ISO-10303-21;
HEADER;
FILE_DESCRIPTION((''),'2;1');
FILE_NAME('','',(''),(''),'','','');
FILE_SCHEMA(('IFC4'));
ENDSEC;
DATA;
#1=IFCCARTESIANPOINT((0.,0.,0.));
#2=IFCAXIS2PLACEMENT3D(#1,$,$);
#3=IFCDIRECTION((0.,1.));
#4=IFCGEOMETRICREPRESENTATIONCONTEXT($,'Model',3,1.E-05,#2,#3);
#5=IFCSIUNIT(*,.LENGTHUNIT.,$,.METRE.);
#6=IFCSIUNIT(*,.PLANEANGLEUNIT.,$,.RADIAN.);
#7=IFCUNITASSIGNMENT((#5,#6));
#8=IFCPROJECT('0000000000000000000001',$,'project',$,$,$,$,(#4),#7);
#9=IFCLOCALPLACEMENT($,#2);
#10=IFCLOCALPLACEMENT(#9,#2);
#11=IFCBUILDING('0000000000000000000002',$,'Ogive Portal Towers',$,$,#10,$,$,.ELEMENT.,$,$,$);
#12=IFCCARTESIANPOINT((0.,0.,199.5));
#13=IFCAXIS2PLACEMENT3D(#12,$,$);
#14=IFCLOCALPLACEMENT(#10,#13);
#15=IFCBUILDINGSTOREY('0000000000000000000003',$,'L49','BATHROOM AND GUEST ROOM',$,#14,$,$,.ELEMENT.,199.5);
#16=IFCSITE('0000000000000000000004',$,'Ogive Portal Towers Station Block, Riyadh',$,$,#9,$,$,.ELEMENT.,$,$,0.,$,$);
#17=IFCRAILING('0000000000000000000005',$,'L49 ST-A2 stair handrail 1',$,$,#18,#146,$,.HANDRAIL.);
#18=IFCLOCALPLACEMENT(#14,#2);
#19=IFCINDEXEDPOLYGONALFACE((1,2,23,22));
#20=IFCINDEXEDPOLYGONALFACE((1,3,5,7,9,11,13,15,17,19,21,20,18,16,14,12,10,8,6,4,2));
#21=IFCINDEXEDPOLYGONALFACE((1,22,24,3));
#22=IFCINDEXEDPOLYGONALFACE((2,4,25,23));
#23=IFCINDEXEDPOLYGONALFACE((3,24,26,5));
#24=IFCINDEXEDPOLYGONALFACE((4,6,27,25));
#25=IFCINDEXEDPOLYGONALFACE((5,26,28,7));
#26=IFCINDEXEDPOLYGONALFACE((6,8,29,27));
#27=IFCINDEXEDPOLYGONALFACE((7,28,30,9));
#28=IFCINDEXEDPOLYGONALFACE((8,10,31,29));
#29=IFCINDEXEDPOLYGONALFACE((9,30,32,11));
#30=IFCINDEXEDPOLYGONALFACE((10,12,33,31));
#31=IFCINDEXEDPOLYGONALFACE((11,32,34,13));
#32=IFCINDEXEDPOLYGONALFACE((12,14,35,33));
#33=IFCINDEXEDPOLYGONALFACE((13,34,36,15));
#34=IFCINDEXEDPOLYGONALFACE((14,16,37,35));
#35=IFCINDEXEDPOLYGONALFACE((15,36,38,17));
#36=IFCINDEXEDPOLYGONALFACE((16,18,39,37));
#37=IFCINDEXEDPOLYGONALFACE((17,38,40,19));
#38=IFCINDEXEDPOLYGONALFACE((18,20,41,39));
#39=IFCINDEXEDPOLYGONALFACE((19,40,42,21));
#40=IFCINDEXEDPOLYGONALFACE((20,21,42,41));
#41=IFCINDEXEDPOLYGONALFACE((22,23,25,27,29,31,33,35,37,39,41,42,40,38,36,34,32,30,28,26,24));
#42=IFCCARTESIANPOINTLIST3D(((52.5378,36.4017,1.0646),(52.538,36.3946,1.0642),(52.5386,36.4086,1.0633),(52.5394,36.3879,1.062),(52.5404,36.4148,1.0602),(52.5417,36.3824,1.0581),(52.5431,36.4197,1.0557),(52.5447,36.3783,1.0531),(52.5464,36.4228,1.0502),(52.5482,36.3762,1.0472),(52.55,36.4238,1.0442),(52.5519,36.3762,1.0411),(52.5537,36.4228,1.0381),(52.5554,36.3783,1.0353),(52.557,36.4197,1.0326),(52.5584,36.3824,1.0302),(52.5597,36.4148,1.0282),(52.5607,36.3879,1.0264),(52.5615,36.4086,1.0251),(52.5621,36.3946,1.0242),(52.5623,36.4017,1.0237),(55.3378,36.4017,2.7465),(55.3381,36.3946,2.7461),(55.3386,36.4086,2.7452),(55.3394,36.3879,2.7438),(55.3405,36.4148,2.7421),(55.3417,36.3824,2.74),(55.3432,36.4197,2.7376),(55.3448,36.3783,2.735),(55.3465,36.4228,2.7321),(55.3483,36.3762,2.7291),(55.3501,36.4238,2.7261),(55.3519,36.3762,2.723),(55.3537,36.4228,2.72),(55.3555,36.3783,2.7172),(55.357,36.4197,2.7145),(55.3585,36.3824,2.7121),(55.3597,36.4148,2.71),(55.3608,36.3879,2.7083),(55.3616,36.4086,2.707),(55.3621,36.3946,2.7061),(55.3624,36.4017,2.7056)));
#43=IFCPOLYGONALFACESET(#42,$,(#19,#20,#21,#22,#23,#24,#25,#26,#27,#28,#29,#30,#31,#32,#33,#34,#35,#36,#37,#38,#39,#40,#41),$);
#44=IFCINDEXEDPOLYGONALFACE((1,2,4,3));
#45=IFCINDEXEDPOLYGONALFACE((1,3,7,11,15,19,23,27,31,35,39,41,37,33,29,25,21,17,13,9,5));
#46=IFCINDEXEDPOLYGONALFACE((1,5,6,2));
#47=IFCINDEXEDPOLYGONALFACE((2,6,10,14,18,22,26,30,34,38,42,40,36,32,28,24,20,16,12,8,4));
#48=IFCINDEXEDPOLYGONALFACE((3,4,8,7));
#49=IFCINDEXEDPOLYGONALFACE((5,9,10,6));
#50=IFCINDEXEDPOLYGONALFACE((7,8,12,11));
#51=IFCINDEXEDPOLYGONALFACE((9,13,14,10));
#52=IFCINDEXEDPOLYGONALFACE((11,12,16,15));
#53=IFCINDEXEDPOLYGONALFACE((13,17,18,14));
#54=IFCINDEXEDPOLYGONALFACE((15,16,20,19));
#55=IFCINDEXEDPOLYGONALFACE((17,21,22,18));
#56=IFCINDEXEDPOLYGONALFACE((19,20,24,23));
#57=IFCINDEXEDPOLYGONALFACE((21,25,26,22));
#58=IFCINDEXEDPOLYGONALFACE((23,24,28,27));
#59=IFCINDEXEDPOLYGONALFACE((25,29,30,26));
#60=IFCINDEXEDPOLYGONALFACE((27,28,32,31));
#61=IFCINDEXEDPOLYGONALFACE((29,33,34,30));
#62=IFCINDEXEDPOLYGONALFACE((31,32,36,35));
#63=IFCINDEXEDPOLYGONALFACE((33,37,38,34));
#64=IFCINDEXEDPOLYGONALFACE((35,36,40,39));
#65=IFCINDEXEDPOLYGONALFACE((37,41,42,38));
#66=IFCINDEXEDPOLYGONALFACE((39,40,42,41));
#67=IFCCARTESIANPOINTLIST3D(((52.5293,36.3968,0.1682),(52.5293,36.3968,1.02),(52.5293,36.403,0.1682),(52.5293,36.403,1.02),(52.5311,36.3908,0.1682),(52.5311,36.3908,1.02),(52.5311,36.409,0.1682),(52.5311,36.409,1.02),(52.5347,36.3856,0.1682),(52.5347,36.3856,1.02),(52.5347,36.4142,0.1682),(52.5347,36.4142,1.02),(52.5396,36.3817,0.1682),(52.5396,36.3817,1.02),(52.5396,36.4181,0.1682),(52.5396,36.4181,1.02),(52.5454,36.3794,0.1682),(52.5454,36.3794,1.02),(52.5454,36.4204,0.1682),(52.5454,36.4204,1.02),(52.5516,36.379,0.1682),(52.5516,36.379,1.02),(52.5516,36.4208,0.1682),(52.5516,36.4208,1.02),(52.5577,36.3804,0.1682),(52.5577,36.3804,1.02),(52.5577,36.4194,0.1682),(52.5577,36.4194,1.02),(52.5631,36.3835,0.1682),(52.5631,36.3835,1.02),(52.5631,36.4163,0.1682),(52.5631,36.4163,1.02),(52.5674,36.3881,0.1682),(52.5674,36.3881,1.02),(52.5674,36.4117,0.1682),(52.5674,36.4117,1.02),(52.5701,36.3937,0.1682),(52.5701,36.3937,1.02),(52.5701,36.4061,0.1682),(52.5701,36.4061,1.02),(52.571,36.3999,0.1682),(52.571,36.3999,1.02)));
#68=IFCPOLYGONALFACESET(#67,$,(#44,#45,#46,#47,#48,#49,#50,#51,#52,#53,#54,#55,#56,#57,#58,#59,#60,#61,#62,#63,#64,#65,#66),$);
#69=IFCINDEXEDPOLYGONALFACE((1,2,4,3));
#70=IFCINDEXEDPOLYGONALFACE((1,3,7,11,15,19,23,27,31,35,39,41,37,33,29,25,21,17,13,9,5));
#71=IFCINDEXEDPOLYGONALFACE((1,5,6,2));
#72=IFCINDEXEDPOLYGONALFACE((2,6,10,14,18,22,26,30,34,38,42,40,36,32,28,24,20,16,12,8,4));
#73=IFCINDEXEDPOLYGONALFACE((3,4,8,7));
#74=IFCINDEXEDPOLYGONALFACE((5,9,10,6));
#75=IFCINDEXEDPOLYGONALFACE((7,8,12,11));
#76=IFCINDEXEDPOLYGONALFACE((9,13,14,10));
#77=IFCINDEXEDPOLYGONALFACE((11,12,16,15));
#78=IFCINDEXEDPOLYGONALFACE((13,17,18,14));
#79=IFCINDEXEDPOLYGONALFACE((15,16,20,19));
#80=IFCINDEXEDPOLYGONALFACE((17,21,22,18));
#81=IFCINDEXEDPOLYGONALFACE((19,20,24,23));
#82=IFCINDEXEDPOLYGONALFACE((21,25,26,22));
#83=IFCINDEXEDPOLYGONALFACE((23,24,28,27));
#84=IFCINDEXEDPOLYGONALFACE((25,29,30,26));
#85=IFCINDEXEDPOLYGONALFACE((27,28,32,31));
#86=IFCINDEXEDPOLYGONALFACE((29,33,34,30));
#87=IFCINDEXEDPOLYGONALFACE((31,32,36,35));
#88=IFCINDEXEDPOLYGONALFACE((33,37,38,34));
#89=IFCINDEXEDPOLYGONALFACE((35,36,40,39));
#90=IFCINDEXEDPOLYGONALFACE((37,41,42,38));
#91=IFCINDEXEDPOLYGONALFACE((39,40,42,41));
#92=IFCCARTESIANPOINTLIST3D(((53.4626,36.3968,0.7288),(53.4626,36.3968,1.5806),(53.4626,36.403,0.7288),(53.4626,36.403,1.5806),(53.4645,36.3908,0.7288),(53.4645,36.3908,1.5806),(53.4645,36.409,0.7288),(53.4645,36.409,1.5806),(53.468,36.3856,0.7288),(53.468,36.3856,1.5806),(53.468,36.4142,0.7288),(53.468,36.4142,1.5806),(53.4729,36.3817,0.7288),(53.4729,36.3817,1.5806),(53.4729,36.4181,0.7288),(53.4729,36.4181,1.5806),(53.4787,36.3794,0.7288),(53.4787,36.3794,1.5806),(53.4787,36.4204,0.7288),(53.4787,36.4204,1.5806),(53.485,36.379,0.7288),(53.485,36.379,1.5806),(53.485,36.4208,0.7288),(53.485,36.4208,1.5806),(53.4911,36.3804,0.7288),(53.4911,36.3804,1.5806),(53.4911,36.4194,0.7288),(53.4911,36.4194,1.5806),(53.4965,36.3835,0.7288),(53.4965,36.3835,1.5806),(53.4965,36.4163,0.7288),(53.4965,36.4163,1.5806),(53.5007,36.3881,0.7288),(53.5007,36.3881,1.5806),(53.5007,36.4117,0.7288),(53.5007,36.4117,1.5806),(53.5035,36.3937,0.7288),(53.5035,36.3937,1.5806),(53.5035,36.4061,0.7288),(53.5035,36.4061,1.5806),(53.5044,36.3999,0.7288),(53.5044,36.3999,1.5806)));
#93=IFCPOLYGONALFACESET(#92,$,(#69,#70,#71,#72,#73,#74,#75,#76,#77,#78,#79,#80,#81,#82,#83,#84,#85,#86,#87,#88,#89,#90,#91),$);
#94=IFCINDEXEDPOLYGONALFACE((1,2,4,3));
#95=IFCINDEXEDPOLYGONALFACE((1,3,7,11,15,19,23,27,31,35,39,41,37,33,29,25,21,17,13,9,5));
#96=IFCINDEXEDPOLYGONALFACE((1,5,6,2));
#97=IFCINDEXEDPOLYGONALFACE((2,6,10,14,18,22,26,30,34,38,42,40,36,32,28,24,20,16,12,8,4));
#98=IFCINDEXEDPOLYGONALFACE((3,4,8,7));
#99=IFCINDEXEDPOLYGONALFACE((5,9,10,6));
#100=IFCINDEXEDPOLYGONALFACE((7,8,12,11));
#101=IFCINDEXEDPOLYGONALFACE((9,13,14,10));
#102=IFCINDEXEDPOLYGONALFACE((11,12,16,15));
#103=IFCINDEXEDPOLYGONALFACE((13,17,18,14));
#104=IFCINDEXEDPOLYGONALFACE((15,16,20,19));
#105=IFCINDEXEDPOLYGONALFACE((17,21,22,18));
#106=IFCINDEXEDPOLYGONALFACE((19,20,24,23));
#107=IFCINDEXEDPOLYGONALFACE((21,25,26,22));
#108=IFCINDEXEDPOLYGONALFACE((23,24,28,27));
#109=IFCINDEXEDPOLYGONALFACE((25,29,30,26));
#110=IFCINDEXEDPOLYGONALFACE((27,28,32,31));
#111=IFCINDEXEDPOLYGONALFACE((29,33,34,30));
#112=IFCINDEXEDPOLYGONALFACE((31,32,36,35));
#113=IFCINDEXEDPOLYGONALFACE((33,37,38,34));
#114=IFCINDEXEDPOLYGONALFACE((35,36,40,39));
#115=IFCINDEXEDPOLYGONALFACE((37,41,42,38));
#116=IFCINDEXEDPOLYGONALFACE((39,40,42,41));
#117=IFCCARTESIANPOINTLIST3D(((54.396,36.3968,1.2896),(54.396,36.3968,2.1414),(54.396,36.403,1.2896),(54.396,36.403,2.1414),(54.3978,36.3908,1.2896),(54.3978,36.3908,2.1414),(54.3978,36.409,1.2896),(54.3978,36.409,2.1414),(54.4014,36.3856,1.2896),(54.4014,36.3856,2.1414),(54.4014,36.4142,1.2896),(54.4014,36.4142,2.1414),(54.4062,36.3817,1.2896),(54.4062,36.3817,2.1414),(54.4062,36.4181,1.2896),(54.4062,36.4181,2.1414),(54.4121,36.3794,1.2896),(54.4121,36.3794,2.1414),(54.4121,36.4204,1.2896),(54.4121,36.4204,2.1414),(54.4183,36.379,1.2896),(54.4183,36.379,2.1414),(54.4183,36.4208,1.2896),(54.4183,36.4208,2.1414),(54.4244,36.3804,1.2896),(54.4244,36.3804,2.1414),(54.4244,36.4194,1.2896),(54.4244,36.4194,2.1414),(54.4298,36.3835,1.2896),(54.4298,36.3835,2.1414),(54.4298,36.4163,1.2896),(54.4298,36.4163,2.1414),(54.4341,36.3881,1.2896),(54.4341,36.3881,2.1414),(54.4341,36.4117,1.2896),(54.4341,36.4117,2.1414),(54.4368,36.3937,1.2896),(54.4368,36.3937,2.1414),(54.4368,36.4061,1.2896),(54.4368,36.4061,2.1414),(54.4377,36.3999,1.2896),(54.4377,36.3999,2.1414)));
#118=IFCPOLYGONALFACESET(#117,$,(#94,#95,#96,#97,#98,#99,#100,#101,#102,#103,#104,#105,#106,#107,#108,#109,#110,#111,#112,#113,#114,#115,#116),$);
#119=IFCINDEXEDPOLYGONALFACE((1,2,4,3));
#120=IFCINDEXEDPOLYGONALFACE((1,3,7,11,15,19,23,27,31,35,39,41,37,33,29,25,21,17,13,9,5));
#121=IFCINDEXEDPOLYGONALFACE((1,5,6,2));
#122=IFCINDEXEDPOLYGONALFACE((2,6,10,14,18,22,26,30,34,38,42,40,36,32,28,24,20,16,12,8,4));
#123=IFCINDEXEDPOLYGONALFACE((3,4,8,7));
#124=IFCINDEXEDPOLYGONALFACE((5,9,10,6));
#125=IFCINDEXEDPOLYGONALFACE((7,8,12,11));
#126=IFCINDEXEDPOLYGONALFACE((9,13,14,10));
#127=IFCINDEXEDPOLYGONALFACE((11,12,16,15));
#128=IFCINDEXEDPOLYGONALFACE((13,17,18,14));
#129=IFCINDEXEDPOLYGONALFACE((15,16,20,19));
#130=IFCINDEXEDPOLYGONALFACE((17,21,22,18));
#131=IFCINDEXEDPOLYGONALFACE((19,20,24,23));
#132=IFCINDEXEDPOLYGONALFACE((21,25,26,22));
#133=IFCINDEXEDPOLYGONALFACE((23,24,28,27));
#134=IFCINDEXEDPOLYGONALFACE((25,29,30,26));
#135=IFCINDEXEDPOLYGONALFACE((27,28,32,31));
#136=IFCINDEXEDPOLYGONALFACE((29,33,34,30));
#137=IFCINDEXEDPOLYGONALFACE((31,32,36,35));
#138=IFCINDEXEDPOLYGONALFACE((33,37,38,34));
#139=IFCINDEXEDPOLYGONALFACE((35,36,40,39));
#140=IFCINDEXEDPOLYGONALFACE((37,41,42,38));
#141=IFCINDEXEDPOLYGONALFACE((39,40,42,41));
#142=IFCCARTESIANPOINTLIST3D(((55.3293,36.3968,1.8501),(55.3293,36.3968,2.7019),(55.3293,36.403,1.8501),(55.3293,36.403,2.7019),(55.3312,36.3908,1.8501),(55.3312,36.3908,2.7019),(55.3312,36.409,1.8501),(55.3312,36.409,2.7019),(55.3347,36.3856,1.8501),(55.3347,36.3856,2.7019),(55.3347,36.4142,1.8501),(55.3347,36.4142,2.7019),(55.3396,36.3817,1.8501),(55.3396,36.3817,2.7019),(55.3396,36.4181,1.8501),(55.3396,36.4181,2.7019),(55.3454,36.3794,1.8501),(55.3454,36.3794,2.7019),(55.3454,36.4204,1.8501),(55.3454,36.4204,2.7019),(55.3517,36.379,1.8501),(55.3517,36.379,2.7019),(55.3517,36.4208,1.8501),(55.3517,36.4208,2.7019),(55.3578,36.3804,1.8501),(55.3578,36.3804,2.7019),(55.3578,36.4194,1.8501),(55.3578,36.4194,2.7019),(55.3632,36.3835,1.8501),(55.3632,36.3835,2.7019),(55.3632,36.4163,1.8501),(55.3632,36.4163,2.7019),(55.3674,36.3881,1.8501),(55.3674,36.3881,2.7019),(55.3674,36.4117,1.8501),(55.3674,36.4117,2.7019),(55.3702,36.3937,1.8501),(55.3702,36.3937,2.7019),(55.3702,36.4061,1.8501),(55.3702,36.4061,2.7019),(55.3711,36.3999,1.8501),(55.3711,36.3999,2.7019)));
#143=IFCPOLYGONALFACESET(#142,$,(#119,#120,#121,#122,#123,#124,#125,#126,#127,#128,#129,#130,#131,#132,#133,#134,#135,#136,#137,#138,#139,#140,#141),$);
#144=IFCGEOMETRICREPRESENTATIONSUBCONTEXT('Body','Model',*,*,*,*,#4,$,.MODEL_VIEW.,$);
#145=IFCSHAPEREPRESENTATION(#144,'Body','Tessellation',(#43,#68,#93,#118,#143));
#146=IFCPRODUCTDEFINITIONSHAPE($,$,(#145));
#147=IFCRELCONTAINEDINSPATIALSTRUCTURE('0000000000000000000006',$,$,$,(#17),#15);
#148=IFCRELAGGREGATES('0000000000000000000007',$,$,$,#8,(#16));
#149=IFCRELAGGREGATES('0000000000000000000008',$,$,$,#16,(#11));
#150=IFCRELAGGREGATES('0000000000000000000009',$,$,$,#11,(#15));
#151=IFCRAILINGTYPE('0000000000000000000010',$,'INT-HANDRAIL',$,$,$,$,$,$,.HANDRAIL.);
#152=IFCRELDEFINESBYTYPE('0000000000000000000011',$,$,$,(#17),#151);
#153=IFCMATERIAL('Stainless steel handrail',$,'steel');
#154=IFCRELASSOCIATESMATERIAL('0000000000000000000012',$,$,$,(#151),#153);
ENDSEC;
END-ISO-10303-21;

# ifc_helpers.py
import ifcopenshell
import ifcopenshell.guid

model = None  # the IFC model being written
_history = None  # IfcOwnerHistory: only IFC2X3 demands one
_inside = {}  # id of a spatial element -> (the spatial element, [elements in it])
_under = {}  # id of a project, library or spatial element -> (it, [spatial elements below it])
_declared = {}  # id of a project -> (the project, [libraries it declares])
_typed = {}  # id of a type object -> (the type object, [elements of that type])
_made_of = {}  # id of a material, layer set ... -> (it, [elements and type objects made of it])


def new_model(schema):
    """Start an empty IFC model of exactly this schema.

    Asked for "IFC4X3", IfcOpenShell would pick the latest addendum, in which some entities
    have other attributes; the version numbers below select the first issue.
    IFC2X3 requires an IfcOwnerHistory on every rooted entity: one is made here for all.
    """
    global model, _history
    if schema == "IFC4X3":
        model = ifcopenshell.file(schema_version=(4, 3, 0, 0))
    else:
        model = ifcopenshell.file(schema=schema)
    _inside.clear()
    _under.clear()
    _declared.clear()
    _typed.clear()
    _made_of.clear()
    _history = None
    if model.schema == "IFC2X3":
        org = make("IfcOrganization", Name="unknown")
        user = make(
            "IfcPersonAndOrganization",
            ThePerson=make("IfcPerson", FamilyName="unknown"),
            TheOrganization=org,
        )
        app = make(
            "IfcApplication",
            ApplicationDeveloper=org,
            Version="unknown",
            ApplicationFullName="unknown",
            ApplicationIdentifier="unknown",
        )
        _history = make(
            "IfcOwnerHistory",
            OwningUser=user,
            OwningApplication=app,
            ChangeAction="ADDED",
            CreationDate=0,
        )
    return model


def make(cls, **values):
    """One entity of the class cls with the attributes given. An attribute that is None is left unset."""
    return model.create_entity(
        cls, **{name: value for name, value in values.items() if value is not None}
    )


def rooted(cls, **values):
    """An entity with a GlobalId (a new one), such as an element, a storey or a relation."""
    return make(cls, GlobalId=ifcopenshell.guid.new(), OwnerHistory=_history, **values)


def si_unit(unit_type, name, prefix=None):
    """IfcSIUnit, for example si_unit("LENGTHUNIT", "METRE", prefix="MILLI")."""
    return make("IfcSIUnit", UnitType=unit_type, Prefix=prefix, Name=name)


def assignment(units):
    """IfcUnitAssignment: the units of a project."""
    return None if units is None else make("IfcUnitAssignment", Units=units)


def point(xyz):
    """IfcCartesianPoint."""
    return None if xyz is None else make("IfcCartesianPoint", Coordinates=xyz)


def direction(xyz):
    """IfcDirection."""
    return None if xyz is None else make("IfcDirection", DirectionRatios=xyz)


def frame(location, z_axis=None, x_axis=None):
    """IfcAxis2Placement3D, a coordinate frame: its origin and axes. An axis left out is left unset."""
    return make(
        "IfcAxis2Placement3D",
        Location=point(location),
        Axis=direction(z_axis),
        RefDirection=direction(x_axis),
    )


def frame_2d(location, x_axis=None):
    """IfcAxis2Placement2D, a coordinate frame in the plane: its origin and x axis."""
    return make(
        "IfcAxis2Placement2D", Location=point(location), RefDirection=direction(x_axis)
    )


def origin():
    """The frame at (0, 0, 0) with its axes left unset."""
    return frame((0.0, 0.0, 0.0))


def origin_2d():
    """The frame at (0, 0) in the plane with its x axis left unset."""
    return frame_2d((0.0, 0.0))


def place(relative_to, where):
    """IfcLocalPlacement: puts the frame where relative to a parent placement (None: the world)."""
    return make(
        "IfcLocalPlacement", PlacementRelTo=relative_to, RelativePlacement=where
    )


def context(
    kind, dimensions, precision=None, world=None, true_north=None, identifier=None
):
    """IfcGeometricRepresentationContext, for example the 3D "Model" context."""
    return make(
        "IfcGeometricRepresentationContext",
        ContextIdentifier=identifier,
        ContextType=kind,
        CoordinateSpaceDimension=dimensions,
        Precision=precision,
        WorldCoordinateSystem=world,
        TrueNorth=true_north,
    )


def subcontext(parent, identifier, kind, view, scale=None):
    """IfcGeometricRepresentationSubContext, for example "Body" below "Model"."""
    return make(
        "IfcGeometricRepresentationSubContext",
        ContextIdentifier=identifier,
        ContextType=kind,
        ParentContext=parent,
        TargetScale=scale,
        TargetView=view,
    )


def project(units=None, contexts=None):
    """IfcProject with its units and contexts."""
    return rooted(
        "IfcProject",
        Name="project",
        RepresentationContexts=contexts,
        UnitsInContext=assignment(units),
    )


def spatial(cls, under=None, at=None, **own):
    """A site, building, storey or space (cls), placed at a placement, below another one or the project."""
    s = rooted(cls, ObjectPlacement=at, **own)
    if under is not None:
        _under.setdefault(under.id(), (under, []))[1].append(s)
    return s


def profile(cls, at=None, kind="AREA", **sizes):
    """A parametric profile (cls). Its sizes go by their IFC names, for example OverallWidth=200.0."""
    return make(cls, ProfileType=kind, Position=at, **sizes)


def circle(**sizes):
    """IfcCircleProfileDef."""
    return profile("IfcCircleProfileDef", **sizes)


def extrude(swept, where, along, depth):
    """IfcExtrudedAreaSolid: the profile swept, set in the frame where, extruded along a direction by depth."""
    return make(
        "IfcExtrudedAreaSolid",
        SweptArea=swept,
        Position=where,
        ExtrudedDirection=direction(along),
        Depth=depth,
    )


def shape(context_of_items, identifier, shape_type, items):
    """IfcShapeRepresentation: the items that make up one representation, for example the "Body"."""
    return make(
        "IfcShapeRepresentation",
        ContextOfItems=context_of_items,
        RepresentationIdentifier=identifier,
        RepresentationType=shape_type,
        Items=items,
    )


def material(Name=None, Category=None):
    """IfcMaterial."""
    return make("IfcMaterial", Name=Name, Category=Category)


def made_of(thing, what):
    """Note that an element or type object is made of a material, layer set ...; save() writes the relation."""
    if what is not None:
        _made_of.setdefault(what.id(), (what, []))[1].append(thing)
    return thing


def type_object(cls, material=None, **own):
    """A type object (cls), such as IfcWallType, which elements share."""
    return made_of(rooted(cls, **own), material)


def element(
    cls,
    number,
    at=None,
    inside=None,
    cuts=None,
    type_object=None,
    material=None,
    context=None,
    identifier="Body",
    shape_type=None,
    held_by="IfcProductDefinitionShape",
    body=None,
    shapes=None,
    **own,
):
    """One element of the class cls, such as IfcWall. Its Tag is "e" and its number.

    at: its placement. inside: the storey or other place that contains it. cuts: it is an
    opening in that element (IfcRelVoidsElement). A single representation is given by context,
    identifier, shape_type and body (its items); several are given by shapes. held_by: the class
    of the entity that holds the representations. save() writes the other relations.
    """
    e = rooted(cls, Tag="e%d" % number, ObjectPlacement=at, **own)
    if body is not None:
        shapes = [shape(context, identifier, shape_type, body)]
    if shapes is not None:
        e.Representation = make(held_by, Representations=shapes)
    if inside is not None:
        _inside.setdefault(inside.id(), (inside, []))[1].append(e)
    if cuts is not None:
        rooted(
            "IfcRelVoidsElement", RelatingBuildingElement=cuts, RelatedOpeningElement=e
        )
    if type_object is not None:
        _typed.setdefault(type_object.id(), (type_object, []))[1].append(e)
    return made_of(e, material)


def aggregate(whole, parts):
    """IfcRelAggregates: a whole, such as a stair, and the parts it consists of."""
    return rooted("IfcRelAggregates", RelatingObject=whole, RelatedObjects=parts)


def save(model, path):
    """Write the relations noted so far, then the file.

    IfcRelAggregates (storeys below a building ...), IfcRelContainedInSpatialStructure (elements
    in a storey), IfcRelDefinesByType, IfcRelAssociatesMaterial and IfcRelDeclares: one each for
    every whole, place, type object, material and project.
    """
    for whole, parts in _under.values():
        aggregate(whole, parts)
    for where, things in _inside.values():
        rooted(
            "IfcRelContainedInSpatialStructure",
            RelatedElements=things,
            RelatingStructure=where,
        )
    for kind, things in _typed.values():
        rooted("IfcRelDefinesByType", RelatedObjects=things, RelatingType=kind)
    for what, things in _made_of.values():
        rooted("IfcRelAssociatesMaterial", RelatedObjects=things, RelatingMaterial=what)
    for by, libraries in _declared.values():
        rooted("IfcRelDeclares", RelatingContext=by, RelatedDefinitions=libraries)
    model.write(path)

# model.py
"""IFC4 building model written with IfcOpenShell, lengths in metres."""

from ifc_helpers import new_model, si_unit, direction, frame, origin, origin_2d, place, context, subcontext, project, spatial, circle, extrude, material, type_object, element, save


model = new_model("IFC4")

# Units and contexts
model_context = context("Model", 3, precision=1e-05, world=origin(), true_north=direction((0.0, 1.0)))
body_context = subcontext(model_context, "Body", "Model", "MODEL_VIEW")
ifc_project = project(units=[si_unit("LENGTHUNIT", "METRE"), si_unit("PLANEANGLEUNIT", "RADIAN")], contexts=[model_context])

# Site, building, storey
site_placement = place(None, origin())
site = spatial("IfcSite", under=ifc_project, at=site_placement, Name="Ogive Portal Towers Station Block, Riyadh", CompositionType="ELEMENT", RefElevation=0.0)
building_placement = place(site_placement, origin())
building = spatial("IfcBuilding", under=site, at=building_placement, Name="Ogive Portal Towers", CompositionType="ELEMENT")
storey_placement = place(building_placement, frame((0.0, 0.0, 199.5)))
storey = spatial("IfcBuildingStorey", under=building, at=storey_placement, Name="L49", Description="BATHROOM AND GUEST ROOM", CompositionType="ELEMENT", Elevation=199.5)

# Railing
ifc_material_1 = material(Name="Stainless steel handrail", Category="steel")
railing_type_1 = type_object("IfcRailingType", Name="INT-HANDRAIL", PredefinedType="HANDRAIL", material=ifc_material_1)
railing_1_placement = place(storey_placement, frame((52.55, 36.3999, 0.1682)))
element("IfcRailing", 1, at=railing_1_placement, inside=storey, type_object=railing_type_1, Name="L49 ST-A2 stair handrail 1", PredefinedType="HANDRAIL", context=body_context, shape_type="SweptSolid", body=[
    extrude(circle(Radius=0.0239, at=origin_2d()), frame((0.0, 0.0, 0.876), z_axis=(0.857242, 0.0, 0.514913), x_axis=(0.0, 1.0, 0.0)), (0.0, 0.0, 1.0), 3.2664),
    extrude(circle(Radius=0.021, at=origin_2d()), origin(), (0.0, 0.0, 1.0), 0.8518),
    extrude(circle(Radius=0.021, at=origin_2d()), frame((0.9333, 0.0, 0.5605)), (0.0, 0.0, 1.0), 0.8518),
    extrude(circle(Radius=0.021, at=origin_2d()), frame((1.8667, 0.0, 1.1213)), (0.0, 0.0, 1.0), 0.8518),
    extrude(circle(Radius=0.021, at=origin_2d()), frame((2.8, 0.0, 1.6819)), (0.0, 0.0, 1.0), 0.8518),
])

save(model, "model.ifc")
